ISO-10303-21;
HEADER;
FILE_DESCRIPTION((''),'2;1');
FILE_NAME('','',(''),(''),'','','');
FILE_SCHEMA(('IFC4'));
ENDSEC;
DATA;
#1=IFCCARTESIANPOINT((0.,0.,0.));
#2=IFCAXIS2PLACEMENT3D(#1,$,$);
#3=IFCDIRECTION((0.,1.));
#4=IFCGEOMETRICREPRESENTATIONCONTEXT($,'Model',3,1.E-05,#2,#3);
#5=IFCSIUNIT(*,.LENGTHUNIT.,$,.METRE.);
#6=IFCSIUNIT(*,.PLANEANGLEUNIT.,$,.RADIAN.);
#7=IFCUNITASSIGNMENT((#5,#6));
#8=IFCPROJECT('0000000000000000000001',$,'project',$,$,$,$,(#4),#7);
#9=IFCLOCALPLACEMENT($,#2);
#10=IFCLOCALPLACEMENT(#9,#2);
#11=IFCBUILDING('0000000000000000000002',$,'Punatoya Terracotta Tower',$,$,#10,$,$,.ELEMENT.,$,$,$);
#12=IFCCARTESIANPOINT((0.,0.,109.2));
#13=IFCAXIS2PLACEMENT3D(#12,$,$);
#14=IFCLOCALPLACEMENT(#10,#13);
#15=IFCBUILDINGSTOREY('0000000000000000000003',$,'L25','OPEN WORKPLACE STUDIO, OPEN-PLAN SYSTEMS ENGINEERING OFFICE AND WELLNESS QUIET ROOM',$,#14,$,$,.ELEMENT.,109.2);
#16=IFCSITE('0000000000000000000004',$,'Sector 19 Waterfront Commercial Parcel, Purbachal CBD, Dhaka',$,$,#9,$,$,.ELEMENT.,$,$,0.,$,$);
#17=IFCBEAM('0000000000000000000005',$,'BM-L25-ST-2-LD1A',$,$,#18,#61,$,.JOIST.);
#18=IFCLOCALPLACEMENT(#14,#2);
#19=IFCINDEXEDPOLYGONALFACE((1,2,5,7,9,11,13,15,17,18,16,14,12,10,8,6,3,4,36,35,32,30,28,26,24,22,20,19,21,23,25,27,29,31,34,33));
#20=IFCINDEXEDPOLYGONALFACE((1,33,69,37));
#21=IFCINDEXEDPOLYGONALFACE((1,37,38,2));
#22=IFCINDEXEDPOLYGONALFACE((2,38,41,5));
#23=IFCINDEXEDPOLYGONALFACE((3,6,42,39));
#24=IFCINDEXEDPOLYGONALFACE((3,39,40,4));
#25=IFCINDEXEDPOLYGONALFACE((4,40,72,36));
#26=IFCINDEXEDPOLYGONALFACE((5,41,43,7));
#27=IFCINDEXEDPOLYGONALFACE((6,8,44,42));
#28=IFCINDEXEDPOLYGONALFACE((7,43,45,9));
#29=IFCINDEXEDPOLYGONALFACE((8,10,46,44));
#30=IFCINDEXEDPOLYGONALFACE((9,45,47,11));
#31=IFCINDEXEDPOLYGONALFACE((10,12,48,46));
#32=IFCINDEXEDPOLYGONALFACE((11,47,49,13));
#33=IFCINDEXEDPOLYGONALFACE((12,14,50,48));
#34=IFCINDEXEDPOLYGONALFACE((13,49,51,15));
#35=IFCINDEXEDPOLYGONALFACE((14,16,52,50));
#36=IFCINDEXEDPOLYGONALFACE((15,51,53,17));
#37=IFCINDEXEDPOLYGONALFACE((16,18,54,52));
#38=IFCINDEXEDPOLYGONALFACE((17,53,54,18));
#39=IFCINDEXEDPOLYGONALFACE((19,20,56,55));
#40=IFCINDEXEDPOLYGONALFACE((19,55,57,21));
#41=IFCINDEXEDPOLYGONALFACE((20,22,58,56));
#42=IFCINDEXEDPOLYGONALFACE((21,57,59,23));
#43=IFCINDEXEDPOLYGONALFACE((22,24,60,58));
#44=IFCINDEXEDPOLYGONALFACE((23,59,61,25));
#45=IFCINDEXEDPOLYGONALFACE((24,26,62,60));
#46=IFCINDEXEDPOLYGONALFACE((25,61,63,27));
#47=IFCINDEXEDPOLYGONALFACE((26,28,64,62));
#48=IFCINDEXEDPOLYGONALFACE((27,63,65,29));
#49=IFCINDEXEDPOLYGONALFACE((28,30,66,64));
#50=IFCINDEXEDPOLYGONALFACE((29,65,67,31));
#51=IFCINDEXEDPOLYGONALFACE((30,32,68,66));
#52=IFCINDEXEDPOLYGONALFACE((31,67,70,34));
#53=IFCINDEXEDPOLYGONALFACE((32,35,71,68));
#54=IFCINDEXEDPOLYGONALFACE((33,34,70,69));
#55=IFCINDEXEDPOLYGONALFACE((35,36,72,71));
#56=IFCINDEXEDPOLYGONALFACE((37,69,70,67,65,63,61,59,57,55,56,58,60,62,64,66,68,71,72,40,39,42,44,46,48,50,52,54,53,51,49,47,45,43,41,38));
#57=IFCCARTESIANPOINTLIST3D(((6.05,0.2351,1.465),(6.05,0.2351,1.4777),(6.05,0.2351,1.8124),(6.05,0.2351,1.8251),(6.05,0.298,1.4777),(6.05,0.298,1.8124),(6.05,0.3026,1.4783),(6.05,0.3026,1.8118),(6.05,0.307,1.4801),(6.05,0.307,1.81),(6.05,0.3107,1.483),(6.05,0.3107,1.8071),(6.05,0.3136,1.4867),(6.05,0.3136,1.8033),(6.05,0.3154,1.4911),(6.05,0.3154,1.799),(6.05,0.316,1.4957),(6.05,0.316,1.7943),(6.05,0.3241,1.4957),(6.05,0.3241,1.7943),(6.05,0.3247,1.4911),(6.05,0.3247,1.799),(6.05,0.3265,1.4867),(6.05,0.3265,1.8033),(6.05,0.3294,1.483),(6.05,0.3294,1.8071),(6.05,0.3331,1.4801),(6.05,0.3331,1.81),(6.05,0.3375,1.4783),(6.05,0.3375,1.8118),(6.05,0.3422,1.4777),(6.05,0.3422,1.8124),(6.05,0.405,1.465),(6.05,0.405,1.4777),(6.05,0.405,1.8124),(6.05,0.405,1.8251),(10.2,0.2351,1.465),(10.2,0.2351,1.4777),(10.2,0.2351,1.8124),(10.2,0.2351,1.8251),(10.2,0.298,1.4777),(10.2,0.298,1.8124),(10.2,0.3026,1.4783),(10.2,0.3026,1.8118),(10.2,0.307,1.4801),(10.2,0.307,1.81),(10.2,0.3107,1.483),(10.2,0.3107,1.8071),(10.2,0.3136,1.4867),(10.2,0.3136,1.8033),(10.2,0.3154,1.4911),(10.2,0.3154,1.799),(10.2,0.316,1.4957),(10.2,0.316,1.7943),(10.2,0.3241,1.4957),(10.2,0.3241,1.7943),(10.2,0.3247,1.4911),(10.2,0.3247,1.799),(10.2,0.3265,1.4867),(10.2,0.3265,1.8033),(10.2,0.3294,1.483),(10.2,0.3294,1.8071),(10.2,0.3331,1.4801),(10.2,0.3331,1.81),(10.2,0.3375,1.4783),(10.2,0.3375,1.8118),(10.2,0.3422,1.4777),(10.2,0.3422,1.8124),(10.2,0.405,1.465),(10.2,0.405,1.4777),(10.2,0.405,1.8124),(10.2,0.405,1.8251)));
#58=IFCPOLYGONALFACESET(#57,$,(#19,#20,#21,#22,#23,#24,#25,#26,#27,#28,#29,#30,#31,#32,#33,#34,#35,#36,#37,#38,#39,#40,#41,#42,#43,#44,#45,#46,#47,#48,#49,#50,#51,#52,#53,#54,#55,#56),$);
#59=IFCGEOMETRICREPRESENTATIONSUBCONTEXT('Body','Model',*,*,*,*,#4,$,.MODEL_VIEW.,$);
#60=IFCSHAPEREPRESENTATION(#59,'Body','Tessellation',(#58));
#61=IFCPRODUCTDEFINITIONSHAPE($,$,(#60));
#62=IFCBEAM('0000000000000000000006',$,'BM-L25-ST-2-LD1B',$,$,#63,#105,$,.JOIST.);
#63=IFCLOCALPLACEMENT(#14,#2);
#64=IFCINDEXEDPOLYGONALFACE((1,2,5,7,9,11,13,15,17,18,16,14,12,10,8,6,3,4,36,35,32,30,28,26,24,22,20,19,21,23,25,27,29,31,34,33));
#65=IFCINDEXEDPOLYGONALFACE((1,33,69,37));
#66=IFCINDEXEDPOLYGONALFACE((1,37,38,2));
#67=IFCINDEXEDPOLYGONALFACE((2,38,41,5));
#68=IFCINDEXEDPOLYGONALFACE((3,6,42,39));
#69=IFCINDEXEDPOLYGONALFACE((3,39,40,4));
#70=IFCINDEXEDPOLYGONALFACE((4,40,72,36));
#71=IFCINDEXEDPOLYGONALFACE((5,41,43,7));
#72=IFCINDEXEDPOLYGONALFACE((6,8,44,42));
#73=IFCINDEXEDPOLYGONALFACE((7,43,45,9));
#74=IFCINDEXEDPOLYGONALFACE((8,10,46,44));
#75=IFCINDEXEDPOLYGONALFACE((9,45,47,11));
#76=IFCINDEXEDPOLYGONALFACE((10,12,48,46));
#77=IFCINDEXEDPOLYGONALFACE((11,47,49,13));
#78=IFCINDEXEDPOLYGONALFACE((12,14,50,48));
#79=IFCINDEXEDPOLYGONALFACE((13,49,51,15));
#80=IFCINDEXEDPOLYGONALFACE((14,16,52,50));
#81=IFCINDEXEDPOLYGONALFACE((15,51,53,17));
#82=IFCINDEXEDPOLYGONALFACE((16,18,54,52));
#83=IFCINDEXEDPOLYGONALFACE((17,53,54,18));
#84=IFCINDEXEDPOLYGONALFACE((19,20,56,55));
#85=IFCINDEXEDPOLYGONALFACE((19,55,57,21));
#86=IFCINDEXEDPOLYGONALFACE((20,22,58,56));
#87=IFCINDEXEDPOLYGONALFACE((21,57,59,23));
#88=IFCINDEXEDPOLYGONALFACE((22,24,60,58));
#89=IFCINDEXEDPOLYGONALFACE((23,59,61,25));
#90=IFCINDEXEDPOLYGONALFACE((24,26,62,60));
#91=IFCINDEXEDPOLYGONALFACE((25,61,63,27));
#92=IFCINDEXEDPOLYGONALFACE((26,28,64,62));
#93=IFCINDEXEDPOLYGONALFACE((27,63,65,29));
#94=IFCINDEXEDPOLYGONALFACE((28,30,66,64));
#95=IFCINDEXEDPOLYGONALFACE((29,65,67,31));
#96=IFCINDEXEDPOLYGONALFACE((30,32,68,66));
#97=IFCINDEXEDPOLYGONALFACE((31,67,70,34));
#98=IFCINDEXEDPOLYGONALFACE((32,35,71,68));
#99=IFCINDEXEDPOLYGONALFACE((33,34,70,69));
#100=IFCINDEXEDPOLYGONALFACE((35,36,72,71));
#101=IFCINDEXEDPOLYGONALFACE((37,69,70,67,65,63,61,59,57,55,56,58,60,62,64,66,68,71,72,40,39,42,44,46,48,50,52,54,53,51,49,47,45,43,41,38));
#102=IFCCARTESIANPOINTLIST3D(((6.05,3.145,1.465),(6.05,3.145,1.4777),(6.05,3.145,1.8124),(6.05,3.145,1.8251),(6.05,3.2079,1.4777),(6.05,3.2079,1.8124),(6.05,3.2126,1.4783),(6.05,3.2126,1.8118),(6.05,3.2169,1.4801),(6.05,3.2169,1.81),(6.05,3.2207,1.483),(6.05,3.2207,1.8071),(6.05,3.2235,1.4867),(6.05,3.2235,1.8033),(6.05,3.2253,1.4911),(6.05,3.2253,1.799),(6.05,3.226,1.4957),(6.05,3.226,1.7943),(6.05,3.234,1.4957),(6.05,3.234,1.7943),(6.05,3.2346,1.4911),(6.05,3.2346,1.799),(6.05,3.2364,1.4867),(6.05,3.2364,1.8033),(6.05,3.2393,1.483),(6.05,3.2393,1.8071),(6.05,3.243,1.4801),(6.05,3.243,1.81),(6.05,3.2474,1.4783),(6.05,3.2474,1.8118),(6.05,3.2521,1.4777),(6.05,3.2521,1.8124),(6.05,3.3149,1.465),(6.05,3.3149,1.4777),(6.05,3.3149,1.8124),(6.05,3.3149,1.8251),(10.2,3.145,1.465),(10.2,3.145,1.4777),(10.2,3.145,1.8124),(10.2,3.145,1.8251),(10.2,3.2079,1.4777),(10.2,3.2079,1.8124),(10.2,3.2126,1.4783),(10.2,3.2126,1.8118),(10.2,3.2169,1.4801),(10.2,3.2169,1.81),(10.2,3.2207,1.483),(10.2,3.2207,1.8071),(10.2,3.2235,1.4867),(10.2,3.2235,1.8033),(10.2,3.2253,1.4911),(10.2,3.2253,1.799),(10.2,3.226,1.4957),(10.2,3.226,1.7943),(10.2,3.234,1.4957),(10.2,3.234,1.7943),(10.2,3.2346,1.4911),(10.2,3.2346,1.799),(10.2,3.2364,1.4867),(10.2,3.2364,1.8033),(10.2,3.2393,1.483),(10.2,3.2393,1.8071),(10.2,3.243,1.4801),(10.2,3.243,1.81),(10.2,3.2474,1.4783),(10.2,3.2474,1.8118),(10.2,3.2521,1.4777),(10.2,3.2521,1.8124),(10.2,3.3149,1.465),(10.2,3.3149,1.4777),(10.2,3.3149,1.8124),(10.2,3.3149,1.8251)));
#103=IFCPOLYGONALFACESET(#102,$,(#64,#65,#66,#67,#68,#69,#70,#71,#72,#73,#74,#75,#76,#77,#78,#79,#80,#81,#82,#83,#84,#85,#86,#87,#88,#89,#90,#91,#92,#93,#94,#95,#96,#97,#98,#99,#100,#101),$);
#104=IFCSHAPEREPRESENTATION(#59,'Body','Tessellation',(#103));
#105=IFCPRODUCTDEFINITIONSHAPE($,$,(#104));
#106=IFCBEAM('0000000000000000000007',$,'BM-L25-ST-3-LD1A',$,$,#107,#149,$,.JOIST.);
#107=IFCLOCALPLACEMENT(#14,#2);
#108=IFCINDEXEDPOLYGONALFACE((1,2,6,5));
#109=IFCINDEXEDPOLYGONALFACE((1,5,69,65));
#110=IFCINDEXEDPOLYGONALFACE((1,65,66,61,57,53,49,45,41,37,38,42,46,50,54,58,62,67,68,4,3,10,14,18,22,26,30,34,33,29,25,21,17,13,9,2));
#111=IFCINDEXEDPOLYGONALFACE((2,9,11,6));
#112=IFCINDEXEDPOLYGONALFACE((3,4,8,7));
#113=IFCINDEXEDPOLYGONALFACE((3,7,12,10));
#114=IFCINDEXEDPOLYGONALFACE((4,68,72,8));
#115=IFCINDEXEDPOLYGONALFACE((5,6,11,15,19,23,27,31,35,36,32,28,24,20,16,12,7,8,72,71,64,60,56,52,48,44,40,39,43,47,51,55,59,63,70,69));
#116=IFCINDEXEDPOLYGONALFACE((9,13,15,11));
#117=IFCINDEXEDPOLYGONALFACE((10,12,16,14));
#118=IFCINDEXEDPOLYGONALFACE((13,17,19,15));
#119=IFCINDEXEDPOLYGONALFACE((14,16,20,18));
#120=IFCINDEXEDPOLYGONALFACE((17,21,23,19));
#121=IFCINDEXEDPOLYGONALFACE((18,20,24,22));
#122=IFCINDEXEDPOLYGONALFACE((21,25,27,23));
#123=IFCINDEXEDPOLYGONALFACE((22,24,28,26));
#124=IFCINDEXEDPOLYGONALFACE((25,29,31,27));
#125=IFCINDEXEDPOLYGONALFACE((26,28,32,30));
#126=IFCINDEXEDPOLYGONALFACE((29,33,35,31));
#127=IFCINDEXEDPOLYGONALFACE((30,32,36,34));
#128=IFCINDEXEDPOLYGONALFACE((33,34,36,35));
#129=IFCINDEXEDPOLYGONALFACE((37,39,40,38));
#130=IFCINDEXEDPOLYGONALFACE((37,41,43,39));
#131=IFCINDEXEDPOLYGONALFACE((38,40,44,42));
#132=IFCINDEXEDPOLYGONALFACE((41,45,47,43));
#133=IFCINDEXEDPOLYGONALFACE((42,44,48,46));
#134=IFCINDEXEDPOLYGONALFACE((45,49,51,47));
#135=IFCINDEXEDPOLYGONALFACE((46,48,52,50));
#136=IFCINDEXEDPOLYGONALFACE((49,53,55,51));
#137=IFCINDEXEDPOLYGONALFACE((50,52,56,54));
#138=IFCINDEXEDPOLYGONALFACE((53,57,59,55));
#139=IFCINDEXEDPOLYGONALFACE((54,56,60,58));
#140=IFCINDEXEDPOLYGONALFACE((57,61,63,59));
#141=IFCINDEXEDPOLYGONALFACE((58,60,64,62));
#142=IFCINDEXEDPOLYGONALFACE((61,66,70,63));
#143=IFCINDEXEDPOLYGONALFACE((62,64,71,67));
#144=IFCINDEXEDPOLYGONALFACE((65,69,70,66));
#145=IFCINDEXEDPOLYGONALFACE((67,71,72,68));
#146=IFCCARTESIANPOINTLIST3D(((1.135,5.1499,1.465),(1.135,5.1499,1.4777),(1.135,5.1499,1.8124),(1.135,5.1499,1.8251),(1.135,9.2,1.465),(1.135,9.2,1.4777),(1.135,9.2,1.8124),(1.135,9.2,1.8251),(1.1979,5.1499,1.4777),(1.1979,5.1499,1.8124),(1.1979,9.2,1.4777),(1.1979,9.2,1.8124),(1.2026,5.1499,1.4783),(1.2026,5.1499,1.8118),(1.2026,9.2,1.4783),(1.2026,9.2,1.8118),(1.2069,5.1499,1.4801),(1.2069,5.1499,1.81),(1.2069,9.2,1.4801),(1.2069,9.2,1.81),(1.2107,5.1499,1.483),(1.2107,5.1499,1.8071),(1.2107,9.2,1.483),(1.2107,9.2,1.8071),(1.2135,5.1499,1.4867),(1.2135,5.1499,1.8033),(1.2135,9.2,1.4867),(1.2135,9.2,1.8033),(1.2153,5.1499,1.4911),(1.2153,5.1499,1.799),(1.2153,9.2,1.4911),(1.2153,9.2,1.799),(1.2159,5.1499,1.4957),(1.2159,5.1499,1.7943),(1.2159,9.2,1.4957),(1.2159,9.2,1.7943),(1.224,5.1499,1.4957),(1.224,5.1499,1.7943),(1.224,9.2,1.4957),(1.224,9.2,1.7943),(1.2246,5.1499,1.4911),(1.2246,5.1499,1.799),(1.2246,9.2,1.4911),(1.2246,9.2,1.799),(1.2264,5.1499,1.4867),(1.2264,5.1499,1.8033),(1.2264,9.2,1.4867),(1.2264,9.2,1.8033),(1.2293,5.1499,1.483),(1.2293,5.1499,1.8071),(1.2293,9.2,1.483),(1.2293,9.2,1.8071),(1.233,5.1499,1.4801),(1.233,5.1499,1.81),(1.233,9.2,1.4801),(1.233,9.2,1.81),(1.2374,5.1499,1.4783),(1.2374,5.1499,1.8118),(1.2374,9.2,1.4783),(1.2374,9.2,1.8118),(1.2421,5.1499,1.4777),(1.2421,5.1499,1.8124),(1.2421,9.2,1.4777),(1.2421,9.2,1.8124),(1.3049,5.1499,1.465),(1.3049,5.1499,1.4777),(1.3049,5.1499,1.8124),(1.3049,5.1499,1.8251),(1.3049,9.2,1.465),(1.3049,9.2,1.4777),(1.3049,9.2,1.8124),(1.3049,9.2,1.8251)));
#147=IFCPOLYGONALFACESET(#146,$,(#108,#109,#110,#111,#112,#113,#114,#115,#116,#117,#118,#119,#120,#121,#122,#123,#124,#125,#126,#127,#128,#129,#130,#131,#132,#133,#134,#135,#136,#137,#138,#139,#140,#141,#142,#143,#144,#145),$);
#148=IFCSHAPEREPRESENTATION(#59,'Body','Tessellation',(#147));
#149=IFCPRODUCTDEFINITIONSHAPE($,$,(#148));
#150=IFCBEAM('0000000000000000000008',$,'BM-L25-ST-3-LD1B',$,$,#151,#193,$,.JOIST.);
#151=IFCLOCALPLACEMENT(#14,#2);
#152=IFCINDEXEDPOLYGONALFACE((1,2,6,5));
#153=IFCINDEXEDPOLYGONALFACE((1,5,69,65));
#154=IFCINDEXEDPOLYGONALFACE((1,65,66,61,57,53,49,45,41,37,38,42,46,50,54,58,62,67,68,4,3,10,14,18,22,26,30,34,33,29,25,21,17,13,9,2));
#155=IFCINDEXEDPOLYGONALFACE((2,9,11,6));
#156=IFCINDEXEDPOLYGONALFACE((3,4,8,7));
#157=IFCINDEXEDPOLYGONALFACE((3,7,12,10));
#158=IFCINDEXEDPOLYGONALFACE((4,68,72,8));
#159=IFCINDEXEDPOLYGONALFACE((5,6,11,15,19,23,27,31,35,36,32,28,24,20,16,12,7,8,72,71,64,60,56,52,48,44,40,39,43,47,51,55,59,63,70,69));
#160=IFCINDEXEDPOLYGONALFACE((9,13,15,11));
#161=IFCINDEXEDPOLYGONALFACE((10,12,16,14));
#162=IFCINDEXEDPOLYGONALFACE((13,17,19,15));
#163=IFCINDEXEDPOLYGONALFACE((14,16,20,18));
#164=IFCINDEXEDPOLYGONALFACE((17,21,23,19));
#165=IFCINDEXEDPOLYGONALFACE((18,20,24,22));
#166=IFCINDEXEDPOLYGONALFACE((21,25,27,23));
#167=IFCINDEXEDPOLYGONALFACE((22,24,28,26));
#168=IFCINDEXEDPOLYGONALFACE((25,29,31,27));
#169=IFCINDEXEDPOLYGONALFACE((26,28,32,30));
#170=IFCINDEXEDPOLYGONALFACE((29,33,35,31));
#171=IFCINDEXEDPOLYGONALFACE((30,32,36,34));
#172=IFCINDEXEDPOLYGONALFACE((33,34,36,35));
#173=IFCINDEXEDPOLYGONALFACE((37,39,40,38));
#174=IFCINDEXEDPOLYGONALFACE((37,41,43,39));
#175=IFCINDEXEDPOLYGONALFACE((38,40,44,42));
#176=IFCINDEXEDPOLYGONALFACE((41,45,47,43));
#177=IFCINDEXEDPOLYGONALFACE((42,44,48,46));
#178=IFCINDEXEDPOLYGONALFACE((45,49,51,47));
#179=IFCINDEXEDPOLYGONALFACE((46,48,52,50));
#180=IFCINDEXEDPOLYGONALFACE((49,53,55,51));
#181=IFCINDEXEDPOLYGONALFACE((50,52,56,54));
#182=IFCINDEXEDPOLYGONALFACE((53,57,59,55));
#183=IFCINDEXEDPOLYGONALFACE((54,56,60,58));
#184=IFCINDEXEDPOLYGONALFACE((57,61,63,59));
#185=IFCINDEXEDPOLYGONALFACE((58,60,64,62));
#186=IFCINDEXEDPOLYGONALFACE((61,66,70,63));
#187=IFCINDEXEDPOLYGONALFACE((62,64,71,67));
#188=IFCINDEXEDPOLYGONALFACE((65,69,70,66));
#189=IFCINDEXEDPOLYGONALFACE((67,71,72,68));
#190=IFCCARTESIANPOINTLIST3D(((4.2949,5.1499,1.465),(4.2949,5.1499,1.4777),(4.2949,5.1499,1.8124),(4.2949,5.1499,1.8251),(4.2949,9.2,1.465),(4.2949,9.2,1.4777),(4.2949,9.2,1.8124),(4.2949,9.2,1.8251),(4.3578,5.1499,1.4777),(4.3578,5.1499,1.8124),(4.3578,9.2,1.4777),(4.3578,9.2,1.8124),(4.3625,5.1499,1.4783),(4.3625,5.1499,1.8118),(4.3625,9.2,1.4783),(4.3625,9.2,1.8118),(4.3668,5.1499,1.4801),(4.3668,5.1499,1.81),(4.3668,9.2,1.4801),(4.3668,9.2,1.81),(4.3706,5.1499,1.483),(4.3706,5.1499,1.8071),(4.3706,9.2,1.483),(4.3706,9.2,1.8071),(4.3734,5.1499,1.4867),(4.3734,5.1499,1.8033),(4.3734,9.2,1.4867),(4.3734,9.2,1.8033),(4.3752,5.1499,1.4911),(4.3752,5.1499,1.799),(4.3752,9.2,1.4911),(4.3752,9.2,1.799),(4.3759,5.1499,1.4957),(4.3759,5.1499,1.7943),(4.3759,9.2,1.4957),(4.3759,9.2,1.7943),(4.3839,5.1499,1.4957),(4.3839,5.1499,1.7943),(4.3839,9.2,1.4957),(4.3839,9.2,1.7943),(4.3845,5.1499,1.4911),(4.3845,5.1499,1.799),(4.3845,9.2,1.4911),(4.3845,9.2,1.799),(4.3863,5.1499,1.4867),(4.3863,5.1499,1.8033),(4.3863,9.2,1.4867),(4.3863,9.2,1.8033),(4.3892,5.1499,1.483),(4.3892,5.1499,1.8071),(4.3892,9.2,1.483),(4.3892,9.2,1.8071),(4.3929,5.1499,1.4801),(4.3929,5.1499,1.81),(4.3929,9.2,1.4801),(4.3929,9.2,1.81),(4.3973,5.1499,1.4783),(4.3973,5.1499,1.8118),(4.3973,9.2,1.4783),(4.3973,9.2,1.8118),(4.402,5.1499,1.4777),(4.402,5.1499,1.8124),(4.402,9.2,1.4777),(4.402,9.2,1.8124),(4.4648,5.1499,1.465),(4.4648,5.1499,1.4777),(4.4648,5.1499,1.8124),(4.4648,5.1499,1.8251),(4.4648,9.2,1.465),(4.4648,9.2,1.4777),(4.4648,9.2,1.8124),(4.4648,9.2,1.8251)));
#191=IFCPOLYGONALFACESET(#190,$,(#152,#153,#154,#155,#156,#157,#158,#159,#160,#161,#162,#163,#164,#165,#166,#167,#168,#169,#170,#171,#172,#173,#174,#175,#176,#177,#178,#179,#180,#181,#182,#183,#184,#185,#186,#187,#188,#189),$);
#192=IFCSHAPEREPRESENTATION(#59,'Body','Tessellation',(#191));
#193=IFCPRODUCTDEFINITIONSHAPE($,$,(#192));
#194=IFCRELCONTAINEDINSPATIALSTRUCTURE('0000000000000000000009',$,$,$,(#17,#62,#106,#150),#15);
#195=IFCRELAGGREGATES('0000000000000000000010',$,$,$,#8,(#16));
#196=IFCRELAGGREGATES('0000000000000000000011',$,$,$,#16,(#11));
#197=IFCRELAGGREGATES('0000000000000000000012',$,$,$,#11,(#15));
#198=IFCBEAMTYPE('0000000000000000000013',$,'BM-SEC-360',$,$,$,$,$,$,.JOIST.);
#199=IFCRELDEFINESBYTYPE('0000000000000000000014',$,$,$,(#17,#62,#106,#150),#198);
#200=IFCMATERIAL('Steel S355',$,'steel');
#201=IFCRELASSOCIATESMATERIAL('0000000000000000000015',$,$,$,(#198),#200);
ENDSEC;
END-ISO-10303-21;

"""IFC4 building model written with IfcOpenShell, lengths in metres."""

from ifc_helpers import new_model, si_unit, direction, frame, origin, origin_2d, place, context, subcontext, project, spatial, i_section, extrude, material, material_profile, profile_set, type_object, element, save


model = new_model("IFC4")

# Units and contexts
model_context = context("Model", 3, precision=1e-05, world=origin(), true_north=direction((0.0, 1.0)))
body_context = subcontext(model_context, "Body", "Model", "MODEL_VIEW")
ifc_project = project(units=[si_unit("LENGTHUNIT", "METRE"), si_unit("PLANEANGLEUNIT", "RADIAN")], contexts=[model_context])

# Site, building, storey
site_placement = place(None, origin())
site = spatial("IfcSite", under=ifc_project, at=site_placement, Name="Sector 19 Waterfront Commercial Parcel, Purbachal CBD, Dhaka", CompositionType="ELEMENT", RefElevation=0.0)
building_placement = place(site_placement, origin())
building = spatial("IfcBuilding", under=site, at=building_placement, Name="Punatoya Terracotta Tower", CompositionType="ELEMENT")
storey_placement = place(building_placement, frame((0.0, 0.0, 109.2)))
storey = spatial("IfcBuildingStorey", under=building, at=storey_placement, Name="L25", Description="OPEN WORKPLACE STUDIO, OPEN-PLAN SYSTEMS ENGINEERING OFFICE AND WELLNESS QUIET ROOM", CompositionType="ELEMENT", Elevation=109.2)

# Beams
ifc_material_1 = material(Name="Steel S355", Category="steel")
ifc_material_profile_1 = material_profile(ifc_material_1, i_section(OverallWidth=0.1699, OverallDepth=0.3601, WebThickness=0.0081, FlangeThickness=0.0127, FilletRadius=0.0181, at=origin_2d()))
ifc_profile_set_1 = profile_set([ifc_material_profile_1], Name="Steel S355")
beam_type_1 = type_object("IfcBeamType", Name="BM-SEC-360", PredefinedType="JOIST", material=ifc_profile_set_1)
for number, where, z_axis, x_axis, name in (
    (1, (6.05, 0.3201, 1.645), (1.0, 0.0, 0.0), (0.0, 1.0, 0.0), "BM-L25-ST-2-LD1A"),
    (2, (6.05, 3.23, 1.645), (1.0, 0.0, 0.0), (0.0, 1.0, 0.0), "BM-L25-ST-2-LD1B"),
):
    element("IfcBeam", number, at=place(storey_placement, frame(where, z_axis=z_axis, x_axis=x_axis)), inside=storey, type_object=beam_type_1, Name=name, PredefinedType="JOIST", context=body_context, shape_type="SweptSolid", body=[
        extrude(i_section(OverallWidth=0.1699, OverallDepth=0.3601, WebThickness=0.0081, FlangeThickness=0.0127, FilletRadius=0.0181, at=origin_2d()), origin(), (0.0, 0.0, 1.0), 4.1499),
    ])
for number, where, z_axis, x_axis, name in (
    (3, (1.22, 5.1499, 1.645), (0.0, 1.0, 0.0), (-1.0, 0.0, 0.0), "BM-L25-ST-3-LD1A"),
    (4, (4.3799, 5.1499, 1.645), (0.0, 1.0, 0.0), (-1.0, 0.0, 0.0), "BM-L25-ST-3-LD1B"),
):
    element("IfcBeam", number, at=place(storey_placement, frame(where, z_axis=z_axis, x_axis=x_axis)), inside=storey, type_object=beam_type_1, Name=name, PredefinedType="JOIST", context=body_context, shape_type="SweptSolid", body=[
        extrude(i_section(OverallWidth=0.1699, OverallDepth=0.3601, WebThickness=0.0081, FlangeThickness=0.0127, FilletRadius=0.0181, at=origin_2d()), origin(), (0.0, 0.0, 1.0), 4.05),
    ])

save(model, "model.ifc")
